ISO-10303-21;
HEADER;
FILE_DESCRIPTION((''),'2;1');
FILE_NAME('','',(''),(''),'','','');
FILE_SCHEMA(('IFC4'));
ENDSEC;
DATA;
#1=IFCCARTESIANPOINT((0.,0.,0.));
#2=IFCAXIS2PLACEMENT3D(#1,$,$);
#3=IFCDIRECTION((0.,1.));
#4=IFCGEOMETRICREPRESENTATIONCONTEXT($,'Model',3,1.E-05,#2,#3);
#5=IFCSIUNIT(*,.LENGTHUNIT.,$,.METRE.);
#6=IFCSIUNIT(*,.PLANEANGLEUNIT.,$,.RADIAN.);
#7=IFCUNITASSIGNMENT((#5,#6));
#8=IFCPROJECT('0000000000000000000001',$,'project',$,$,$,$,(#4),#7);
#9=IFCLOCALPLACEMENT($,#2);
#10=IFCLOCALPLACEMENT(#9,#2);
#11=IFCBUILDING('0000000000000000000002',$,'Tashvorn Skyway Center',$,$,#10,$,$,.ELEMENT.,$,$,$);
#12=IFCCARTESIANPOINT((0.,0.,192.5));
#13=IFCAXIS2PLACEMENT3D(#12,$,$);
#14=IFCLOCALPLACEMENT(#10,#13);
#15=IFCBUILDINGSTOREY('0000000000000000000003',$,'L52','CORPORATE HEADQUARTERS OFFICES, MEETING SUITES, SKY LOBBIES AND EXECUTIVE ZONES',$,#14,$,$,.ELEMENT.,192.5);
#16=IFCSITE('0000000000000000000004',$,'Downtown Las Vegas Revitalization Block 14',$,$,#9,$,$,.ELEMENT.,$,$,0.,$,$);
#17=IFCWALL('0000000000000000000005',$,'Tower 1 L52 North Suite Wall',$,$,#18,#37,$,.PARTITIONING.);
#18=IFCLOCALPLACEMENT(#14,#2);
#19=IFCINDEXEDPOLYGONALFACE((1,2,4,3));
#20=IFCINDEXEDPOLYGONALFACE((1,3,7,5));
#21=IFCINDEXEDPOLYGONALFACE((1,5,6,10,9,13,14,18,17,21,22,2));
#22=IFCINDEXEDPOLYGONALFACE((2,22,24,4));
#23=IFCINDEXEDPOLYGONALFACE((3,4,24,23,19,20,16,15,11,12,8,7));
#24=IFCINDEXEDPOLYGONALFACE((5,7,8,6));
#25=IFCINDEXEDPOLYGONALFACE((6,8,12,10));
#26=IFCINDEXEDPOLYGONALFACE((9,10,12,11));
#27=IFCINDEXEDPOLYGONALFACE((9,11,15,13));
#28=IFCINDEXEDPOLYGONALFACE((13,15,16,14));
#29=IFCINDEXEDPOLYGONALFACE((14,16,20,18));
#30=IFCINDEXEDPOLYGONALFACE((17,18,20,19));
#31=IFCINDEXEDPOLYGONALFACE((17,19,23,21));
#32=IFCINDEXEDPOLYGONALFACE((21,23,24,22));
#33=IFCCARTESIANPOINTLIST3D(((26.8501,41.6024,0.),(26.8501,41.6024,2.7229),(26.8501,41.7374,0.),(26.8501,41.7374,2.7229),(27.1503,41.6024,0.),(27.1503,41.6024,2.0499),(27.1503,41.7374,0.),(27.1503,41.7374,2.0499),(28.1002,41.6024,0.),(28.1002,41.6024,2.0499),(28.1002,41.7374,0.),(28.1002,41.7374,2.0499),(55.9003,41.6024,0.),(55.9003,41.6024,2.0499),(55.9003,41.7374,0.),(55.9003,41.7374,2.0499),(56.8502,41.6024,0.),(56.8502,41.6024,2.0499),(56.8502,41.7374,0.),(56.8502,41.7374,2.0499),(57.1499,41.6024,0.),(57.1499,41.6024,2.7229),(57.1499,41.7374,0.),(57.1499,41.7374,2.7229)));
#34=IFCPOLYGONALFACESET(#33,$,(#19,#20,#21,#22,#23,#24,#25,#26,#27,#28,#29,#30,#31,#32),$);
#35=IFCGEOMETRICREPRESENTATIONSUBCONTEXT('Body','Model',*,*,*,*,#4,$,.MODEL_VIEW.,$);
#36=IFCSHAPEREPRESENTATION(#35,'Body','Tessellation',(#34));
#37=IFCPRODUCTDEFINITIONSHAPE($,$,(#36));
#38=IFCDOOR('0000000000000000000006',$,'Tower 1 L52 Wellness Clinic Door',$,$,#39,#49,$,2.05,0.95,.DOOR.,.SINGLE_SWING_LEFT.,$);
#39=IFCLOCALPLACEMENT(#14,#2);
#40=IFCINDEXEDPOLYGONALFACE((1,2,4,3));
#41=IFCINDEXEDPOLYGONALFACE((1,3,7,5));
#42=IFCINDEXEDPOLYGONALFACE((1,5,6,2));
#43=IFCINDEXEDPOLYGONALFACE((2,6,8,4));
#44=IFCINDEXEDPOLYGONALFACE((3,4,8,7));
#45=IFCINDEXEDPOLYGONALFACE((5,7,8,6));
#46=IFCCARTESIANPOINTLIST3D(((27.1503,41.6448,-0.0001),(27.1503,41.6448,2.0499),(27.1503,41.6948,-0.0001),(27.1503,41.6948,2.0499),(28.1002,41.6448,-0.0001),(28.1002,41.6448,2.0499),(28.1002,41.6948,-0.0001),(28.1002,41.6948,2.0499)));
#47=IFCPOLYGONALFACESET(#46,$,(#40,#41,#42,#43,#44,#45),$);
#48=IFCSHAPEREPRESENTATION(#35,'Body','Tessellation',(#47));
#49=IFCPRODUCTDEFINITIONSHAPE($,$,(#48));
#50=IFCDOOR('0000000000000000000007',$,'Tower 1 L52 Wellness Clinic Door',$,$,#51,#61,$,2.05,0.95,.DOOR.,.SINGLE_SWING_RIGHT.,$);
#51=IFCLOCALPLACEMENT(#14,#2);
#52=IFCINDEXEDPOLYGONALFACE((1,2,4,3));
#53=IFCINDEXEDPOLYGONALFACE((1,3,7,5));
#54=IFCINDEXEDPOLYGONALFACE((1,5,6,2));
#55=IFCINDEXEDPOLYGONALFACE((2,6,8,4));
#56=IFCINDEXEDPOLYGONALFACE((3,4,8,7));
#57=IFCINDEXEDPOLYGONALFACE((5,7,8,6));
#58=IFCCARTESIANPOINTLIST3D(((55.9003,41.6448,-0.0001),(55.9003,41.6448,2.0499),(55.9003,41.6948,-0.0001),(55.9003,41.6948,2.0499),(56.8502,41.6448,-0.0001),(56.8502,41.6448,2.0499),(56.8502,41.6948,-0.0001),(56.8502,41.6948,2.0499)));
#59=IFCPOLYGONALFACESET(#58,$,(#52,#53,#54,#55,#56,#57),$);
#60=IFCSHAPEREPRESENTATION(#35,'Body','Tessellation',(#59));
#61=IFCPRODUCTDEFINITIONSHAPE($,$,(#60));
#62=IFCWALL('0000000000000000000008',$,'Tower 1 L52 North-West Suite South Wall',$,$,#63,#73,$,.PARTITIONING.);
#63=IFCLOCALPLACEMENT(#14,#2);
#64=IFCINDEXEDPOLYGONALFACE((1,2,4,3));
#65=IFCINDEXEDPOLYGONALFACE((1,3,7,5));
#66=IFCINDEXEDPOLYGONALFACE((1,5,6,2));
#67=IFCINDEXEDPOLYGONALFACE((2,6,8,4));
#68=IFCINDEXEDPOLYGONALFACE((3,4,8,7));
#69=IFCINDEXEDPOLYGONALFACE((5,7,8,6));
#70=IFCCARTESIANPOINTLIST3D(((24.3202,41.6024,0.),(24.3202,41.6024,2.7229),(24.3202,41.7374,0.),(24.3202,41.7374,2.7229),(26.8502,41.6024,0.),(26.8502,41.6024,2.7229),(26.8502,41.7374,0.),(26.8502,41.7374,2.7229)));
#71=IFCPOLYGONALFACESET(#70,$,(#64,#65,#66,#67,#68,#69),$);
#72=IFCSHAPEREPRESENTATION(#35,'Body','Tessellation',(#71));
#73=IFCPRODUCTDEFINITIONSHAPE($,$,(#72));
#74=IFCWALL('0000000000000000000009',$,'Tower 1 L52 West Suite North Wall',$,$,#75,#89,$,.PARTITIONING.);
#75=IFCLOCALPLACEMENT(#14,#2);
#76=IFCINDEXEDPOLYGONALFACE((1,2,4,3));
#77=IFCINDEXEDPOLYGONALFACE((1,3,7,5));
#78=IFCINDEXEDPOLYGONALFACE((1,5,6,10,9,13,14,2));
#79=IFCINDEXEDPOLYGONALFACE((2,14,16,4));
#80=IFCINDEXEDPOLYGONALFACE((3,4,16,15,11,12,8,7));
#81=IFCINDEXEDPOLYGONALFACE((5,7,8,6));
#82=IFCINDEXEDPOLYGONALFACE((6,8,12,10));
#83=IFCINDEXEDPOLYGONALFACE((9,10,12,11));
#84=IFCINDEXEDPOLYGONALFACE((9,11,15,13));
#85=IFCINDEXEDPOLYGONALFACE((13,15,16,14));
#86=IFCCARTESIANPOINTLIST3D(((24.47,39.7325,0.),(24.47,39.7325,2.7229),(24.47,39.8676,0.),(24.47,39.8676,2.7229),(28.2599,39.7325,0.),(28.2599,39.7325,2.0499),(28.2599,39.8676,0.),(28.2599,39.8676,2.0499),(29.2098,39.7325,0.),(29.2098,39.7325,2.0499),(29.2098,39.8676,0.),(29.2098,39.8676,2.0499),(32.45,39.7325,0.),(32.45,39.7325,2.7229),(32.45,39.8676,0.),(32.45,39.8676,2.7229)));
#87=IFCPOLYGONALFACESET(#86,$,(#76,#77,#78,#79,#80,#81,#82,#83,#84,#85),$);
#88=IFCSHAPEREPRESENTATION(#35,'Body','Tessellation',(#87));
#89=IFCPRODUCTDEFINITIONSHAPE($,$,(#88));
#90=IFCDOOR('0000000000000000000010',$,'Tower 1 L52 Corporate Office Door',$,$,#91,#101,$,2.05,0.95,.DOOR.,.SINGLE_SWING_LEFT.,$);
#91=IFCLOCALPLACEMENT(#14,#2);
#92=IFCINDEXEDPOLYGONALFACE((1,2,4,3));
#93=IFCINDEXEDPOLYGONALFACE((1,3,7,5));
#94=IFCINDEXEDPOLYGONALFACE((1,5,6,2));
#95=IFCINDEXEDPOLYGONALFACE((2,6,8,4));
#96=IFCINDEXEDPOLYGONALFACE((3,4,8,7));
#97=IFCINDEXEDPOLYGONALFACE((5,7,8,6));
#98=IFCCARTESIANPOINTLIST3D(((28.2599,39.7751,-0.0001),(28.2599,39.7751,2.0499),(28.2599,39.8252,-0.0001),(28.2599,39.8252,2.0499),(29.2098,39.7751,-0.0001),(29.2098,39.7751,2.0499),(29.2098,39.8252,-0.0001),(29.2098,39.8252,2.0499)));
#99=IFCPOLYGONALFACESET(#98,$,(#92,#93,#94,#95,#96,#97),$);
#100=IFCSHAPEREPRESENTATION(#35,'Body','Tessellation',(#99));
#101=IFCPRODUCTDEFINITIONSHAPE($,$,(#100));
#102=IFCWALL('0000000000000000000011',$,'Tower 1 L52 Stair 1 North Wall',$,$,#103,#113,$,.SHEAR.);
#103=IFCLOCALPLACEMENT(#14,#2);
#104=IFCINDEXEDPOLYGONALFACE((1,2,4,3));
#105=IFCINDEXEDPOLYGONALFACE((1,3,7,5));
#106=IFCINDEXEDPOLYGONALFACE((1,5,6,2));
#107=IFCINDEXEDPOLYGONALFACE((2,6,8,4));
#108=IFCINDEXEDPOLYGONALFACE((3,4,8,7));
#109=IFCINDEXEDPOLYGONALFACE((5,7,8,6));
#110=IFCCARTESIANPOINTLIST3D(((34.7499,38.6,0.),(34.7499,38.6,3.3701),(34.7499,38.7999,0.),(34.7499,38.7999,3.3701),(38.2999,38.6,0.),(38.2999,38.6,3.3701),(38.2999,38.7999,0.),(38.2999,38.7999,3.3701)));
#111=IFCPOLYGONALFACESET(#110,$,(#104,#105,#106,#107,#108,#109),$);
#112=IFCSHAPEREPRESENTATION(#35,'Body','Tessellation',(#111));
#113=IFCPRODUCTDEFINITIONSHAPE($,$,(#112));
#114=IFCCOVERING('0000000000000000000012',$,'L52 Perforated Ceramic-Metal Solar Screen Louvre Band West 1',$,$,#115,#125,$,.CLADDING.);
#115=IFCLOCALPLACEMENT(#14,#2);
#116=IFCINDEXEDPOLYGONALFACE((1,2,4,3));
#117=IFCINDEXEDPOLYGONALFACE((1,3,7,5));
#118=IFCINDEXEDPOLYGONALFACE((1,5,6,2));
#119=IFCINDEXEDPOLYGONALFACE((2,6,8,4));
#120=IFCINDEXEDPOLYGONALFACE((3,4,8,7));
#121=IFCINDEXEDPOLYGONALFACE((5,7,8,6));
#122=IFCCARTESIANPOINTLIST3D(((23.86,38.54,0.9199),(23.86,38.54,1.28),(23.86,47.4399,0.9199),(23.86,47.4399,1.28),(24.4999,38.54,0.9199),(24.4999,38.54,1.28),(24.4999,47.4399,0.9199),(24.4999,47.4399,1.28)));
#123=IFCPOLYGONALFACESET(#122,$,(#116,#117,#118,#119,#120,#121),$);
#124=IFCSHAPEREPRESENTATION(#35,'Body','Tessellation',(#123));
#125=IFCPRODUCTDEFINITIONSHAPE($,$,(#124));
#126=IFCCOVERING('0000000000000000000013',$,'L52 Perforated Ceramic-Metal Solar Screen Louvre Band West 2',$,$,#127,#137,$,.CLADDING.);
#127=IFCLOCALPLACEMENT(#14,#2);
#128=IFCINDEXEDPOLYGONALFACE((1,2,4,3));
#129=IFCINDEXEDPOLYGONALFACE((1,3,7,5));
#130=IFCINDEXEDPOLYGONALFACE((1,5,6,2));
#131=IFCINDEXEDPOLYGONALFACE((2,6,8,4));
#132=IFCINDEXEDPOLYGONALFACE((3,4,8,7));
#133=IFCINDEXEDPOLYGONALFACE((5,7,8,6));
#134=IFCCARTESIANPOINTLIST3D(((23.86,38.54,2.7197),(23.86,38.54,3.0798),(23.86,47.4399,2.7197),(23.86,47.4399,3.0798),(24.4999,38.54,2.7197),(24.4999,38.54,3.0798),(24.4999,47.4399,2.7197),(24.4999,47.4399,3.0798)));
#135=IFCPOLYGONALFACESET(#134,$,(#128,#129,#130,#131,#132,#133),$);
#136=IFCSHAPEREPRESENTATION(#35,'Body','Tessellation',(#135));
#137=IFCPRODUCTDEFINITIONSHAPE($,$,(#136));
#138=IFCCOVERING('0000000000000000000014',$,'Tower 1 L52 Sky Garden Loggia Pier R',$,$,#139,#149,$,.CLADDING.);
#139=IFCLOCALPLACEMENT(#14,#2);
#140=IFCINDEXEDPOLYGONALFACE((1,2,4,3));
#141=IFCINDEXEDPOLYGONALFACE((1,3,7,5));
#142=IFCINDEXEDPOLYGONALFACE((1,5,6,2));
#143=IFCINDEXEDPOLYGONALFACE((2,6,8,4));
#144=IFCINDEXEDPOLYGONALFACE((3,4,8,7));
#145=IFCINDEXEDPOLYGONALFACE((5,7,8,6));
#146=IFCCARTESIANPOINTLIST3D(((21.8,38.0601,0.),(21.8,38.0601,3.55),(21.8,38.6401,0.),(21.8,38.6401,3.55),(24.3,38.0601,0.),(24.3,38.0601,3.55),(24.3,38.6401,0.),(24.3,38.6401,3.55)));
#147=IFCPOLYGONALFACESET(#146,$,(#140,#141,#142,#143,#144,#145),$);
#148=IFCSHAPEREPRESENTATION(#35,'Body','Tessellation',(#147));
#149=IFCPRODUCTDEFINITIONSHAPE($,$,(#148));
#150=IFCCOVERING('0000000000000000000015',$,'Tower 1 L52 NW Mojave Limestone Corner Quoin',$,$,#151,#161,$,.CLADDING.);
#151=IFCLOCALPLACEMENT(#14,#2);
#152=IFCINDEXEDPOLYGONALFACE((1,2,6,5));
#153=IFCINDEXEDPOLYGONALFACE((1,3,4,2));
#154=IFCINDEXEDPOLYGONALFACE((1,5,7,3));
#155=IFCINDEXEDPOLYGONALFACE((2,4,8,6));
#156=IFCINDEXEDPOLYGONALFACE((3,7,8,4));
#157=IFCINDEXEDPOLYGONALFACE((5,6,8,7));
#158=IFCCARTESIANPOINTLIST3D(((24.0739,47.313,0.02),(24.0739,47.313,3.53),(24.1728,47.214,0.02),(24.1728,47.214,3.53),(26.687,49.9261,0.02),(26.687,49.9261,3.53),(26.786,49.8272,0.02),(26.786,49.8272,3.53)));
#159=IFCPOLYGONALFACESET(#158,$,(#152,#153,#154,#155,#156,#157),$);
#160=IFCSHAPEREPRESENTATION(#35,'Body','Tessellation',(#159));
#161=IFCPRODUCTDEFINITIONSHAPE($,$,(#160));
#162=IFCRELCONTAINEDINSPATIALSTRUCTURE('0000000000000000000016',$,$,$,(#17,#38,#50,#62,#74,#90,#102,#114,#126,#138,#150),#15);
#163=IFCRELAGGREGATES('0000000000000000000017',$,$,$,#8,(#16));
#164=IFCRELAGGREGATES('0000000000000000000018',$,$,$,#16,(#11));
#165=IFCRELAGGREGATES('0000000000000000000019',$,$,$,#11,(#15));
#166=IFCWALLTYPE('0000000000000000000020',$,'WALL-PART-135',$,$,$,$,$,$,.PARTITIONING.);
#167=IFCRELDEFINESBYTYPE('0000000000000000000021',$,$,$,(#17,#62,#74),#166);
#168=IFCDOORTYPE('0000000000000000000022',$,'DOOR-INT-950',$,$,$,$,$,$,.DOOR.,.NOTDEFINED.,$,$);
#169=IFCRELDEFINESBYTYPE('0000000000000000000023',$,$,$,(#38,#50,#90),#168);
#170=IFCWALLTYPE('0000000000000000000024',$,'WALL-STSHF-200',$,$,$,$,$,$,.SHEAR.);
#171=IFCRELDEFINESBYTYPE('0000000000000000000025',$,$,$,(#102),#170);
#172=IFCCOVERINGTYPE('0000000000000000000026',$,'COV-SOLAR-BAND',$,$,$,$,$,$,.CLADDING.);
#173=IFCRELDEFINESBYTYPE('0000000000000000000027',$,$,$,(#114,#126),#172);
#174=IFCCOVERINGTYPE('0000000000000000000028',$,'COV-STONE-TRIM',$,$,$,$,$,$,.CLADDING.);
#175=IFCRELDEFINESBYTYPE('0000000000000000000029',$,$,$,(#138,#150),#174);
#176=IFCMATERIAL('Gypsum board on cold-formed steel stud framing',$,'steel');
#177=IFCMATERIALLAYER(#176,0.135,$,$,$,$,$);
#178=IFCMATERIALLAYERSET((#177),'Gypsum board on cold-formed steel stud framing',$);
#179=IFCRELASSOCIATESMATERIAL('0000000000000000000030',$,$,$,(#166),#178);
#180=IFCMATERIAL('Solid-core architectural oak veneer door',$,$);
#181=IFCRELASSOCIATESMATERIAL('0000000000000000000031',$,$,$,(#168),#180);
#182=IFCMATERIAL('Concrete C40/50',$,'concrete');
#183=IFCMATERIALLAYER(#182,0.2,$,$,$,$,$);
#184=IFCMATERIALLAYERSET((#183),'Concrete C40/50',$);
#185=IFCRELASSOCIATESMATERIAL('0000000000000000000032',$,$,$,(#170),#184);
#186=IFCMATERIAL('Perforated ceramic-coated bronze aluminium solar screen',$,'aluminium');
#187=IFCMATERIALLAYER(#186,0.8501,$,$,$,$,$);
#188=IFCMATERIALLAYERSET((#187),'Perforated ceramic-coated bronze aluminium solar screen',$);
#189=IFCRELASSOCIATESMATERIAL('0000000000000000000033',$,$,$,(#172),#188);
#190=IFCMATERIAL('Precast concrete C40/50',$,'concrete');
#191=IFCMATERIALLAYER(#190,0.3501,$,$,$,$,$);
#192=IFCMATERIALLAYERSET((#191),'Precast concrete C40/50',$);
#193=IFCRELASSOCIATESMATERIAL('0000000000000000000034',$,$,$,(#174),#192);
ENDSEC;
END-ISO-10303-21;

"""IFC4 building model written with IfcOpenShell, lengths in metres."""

from ifc_helpers import new_model, si_unit, direction, frame, frame_2d, origin, origin_2d, place, context, subcontext, project, spatial, rectangle, extrude, material, layer, layer_set, type_object, element, fill, save


model = new_model("IFC4")

# Units and contexts
model_context = context("Model", 3, precision=1e-05, world=origin(), true_north=direction((0.0, 1.0)))
body_context = subcontext(model_context, "Body", "Model", "MODEL_VIEW")
ifc_project = project(units=[si_unit("LENGTHUNIT", "METRE"), si_unit("PLANEANGLEUNIT", "RADIAN")], contexts=[model_context])

# Site, building, storey
site_placement = place(None, origin())
site = spatial("IfcSite", under=ifc_project, at=site_placement, Name="Downtown Las Vegas Revitalization Block 14", CompositionType="ELEMENT", RefElevation=0.0)
building_placement = place(site_placement, origin())
building = spatial("IfcBuilding", under=site, at=building_placement, Name="Tashvorn Skyway Center", CompositionType="ELEMENT")
storey_placement = place(building_placement, frame((0.0, 0.0, 192.5)))
storey = spatial("IfcBuildingStorey", under=building, at=storey_placement, Name="L52", Description="CORPORATE HEADQUARTERS OFFICES, MEETING SUITES, SKY LOBBIES AND EXECUTIVE ZONES", CompositionType="ELEMENT", Elevation=192.5)

# Shared definitions
ifc_material_1 = material(Name="Precast concrete C40/50", Category="concrete")

# Wall, openings, doors
ifc_material_2 = material(Name="Gypsum board on cold-formed steel stud framing", Category="steel")
ifc_layer_1 = layer(ifc_material_2, 0.135)
ifc_layer_set_1 = layer_set([ifc_layer_1], Name="Gypsum board on cold-formed steel stud framing")
wall_type_1 = type_object("IfcWallType", Name="WALL-PART-135", PredefinedType="PARTITIONING", material=ifc_layer_set_1)
wall_1_placement = place(storey_placement, frame((26.8501, 41.6699, 0.0), z_axis=(0.0, 0.0, 1.0), x_axis=(1.0, 0.0, 0.0)))
wall_1 = element("IfcWall", 1, at=wall_1_placement, inside=storey, type_object=wall_type_1, Name="Tower 1 L52 North Suite Wall", PredefinedType="PARTITIONING", context=body_context, shape_type="SweptSolid", body=[
    extrude(rectangle(XDim=30.2998, YDim=0.135, at=frame_2d((15.1499, 0.0))), origin(), (0.0, 0.0, 1.0), 2.7229),
])
opening_1_placement = place(wall_1_placement, frame((0.3, 0.0, 0.0)))
opening_1 = element("IfcOpeningElement", 2, at=opening_1_placement, cuts=wall_1, PredefinedType="OPENING", context=body_context, shape_type="SweptSolid", body=[
    extrude(rectangle(XDim=0.95, YDim=2.05, at=frame_2d((0.4751, 1.0249))), frame((0.0, 0.0774, 0.0), z_axis=(0.0, -1.0, 0.0), x_axis=(1.0, 0.0, 0.0)), (0.0, 0.0, 1.0), 0.155),
])
opening_2_placement = place(wall_1_placement, frame((29.05, 0.0, 0.0)))
opening_2 = element("IfcOpeningElement", 3, at=opening_2_placement, cuts=wall_1, PredefinedType="OPENING", context=body_context, shape_type="SweptSolid", body=[
    extrude(rectangle(XDim=0.95, YDim=2.05, at=frame_2d((0.4751, 1.0249))), frame((0.0, 0.0774, 0.0), z_axis=(0.0, -1.0, 0.0), x_axis=(1.0, 0.0, 0.0)), (0.0, 0.0, 1.0), 0.155),
])
ifc_material_3 = material(Name="Solid-core architectural oak veneer door")
door_type_1 = type_object("IfcDoorType", Name="DOOR-INT-950", OperationType="NOTDEFINED", PredefinedType="DOOR", material=ifc_material_3)
door_1_placement = place(opening_1_placement, origin())
door_1 = element("IfcDoor", 4, at=door_1_placement, inside=storey, type_object=door_type_1, Name="Tower 1 L52 Wellness Clinic Door", OperationType="SINGLE_SWING_LEFT", OverallHeight=2.05, OverallWidth=0.95, PredefinedType="DOOR", context=body_context, shape_type="SweptSolid", body=[
    extrude(rectangle(XDim=0.95, YDim=2.05, at=frame_2d((0.4751, 1.0249))), frame((0.0, 0.0249, 0.0), z_axis=(0.0, -1.0, 0.0), x_axis=(1.0, 0.0, 0.0)), (0.0, 0.0, 1.0), 0.05),
])
fill(opening_1, door_1)
door_2_placement = place(opening_2_placement, origin())
door_2 = element("IfcDoor", 5, at=door_2_placement, inside=storey, type_object=door_type_1, Name="Tower 1 L52 Wellness Clinic Door", OperationType="SINGLE_SWING_RIGHT", OverallHeight=2.05, OverallWidth=0.95, PredefinedType="DOOR", context=body_context, shape_type="SweptSolid", body=[
    extrude(rectangle(XDim=0.95, YDim=2.05, at=frame_2d((0.4751, 1.0249))), frame((0.0, 0.0249, 0.0), z_axis=(0.0, -1.0, 0.0), x_axis=(1.0, 0.0, 0.0)), (0.0, 0.0, 1.0), 0.05),
])
fill(opening_2, door_2)

# Wall
wall_2_placement = place(storey_placement, frame((24.3201, 41.6699, 0.0), z_axis=(0.0, 0.0, 1.0), x_axis=(1.0, 0.0, 0.0)))
element("IfcWall", 6, at=wall_2_placement, inside=storey, type_object=wall_type_1, Name="Tower 1 L52 North-West Suite South Wall", PredefinedType="PARTITIONING", context=body_context, shape_type="SweptSolid", body=[
    extrude(rectangle(XDim=2.53, YDim=0.135, at=frame_2d((1.2651, 0.0))), origin(), (0.0, 0.0, 1.0), 2.7229),
])

# Wall, opening, door
wall_3_placement = place(storey_placement, frame((32.45, 39.8, 0.0), z_axis=(0.0, 0.0, 1.0), x_axis=(-1.0, 0.0, 0.0)))
wall_3 = element("IfcWall", 7, at=wall_3_placement, inside=storey, type_object=wall_type_1, Name="Tower 1 L52 West Suite North Wall", PredefinedType="PARTITIONING", context=body_context, shape_type="SweptSolid", body=[
    extrude(rectangle(XDim=7.98, YDim=0.135, at=frame_2d((3.99, 0.0))), origin(), (0.0, 0.0, 1.0), 2.7229),
])
opening_3_placement = place(wall_3_placement, frame((3.24, 0.0, 0.0)))
opening_3 = element("IfcOpeningElement", 8, at=opening_3_placement, cuts=wall_3, PredefinedType="OPENING", context=body_context, shape_type="SweptSolid", body=[
    extrude(rectangle(XDim=0.95, YDim=2.05, at=frame_2d((0.4751, 1.0249))), frame((0.0, 0.0774, 0.0), z_axis=(0.0, -1.0, 0.0), x_axis=(1.0, 0.0, 0.0)), (0.0, 0.0, 1.0), 0.155),
])
door_3_placement = place(opening_3_placement, origin())
door_3 = element("IfcDoor", 9, at=door_3_placement, inside=storey, type_object=door_type_1, Name="Tower 1 L52 Corporate Office Door", OperationType="SINGLE_SWING_LEFT", OverallHeight=2.05, OverallWidth=0.95, PredefinedType="DOOR", context=body_context, shape_type="SweptSolid", body=[
    extrude(rectangle(XDim=0.95, YDim=2.05, at=frame_2d((0.4751, 1.0249))), frame((0.0, 0.0249, 0.0), z_axis=(0.0, -1.0, 0.0), x_axis=(1.0, 0.0, 0.0)), (0.0, 0.0, 1.0), 0.05),
])
fill(opening_3, door_3)

# Wall
ifc_material_4 = material(Name="Concrete C40/50", Category="concrete")
ifc_layer_2 = layer(ifc_material_4, 0.2)
ifc_layer_set_2 = layer_set([ifc_layer_2], Name="Concrete C40/50")
wall_type_2 = type_object("IfcWallType", Name="WALL-STSHF-200", PredefinedType="SHEAR", material=ifc_layer_set_2)
wall_4_placement = place(storey_placement, frame((34.75, 38.7, 0.0), z_axis=(0.0, 0.0, 1.0), x_axis=(1.0, 0.0, 0.0)))
element("IfcWall", 10, at=wall_4_placement, inside=storey, type_object=wall_type_2, Name="Tower 1 L52 Stair 1 North Wall", PredefinedType="SHEAR", context=body_context, shape_type="SweptSolid", body=[
    extrude(rectangle(XDim=3.55, YDim=0.2, at=frame_2d((1.7749, 0.0))), origin(), (0.0, 0.0, 1.0), 3.3701),
])

# Coverings
ifc_material_5 = material(Name="Perforated ceramic-coated bronze aluminium solar screen", Category="aluminium")
ifc_layer_3 = layer(ifc_material_5, 0.8501)
ifc_layer_set_3 = layer_set([ifc_layer_3], Name="Perforated ceramic-coated bronze aluminium solar screen")
covering_type_1 = type_object("IfcCoveringType", Name="COV-SOLAR-BAND", PredefinedType="CLADDING", material=ifc_layer_set_3)
for number, where, z_axis, x_axis, name in (
    (11, (24.1799, 42.99, 0.9199), (0.0, 0.0, 1.0), (0.0, 1.0, 0.0), "L52 Perforated Ceramic-Metal Solar Screen Louvre Band West 1"),
    (12, (24.1799, 42.99, 2.7197), (0.0, 0.0, 1.0), (0.0, 1.0, 0.0), "L52 Perforated Ceramic-Metal Solar Screen Louvre Band West 2"),
):
    element("IfcCovering", number, at=place(storey_placement, frame(where, z_axis=z_axis, x_axis=x_axis)), inside=storey, type_object=covering_type_1, Name=name, PredefinedType="CLADDING", context=body_context, shape_type="SweptSolid", body=[
        extrude(rectangle(XDim=8.8999, YDim=0.6399, at=origin_2d()), origin(), (0.0, 0.0, 1.0), 0.3601),
    ])
ifc_layer_4 = layer(ifc_material_1, 0.3501)
ifc_layer_set_4 = layer_set([ifc_layer_4], Name="Precast concrete C40/50")
covering_type_2 = type_object("IfcCoveringType", Name="COV-STONE-TRIM", PredefinedType="CLADDING", material=ifc_layer_set_4)
covering_1_placement = place(storey_placement, frame((23.05, 38.3501, 0.0), z_axis=(0.0, 0.0, 1.0), x_axis=(0.0, 1.0, 0.0)))
element("IfcCovering", 13, at=covering_1_placement, inside=storey, type_object=covering_type_2, Name="Tower 1 L52 Sky Garden Loggia Pier R", PredefinedType="CLADDING", context=body_context, shape_type="SweptSolid", body=[
    extrude(rectangle(XDim=0.5801, YDim=2.5, at=origin_2d()), origin(), (0.0, 0.0, 1.0), 3.55),
])
covering_2_placement = place(storey_placement, frame((25.4299, 48.5701, 0.02), z_axis=(0.0, 0.0, 1.0), x_axis=(-0.707107, -0.707107, 0.0)))
element("IfcCovering", 14, at=covering_2_placement, inside=storey, type_object=covering_type_2, Name="Tower 1 L52 NW Mojave Limestone Corner Quoin", PredefinedType="CLADDING", context=body_context, shape_type="SweptSolid", body=[
    extrude(rectangle(XDim=3.6956, YDim=0.1399, at=origin_2d()), origin(), (0.0, 0.0, 1.0), 3.51),
])

save(model, "model.ifc")
